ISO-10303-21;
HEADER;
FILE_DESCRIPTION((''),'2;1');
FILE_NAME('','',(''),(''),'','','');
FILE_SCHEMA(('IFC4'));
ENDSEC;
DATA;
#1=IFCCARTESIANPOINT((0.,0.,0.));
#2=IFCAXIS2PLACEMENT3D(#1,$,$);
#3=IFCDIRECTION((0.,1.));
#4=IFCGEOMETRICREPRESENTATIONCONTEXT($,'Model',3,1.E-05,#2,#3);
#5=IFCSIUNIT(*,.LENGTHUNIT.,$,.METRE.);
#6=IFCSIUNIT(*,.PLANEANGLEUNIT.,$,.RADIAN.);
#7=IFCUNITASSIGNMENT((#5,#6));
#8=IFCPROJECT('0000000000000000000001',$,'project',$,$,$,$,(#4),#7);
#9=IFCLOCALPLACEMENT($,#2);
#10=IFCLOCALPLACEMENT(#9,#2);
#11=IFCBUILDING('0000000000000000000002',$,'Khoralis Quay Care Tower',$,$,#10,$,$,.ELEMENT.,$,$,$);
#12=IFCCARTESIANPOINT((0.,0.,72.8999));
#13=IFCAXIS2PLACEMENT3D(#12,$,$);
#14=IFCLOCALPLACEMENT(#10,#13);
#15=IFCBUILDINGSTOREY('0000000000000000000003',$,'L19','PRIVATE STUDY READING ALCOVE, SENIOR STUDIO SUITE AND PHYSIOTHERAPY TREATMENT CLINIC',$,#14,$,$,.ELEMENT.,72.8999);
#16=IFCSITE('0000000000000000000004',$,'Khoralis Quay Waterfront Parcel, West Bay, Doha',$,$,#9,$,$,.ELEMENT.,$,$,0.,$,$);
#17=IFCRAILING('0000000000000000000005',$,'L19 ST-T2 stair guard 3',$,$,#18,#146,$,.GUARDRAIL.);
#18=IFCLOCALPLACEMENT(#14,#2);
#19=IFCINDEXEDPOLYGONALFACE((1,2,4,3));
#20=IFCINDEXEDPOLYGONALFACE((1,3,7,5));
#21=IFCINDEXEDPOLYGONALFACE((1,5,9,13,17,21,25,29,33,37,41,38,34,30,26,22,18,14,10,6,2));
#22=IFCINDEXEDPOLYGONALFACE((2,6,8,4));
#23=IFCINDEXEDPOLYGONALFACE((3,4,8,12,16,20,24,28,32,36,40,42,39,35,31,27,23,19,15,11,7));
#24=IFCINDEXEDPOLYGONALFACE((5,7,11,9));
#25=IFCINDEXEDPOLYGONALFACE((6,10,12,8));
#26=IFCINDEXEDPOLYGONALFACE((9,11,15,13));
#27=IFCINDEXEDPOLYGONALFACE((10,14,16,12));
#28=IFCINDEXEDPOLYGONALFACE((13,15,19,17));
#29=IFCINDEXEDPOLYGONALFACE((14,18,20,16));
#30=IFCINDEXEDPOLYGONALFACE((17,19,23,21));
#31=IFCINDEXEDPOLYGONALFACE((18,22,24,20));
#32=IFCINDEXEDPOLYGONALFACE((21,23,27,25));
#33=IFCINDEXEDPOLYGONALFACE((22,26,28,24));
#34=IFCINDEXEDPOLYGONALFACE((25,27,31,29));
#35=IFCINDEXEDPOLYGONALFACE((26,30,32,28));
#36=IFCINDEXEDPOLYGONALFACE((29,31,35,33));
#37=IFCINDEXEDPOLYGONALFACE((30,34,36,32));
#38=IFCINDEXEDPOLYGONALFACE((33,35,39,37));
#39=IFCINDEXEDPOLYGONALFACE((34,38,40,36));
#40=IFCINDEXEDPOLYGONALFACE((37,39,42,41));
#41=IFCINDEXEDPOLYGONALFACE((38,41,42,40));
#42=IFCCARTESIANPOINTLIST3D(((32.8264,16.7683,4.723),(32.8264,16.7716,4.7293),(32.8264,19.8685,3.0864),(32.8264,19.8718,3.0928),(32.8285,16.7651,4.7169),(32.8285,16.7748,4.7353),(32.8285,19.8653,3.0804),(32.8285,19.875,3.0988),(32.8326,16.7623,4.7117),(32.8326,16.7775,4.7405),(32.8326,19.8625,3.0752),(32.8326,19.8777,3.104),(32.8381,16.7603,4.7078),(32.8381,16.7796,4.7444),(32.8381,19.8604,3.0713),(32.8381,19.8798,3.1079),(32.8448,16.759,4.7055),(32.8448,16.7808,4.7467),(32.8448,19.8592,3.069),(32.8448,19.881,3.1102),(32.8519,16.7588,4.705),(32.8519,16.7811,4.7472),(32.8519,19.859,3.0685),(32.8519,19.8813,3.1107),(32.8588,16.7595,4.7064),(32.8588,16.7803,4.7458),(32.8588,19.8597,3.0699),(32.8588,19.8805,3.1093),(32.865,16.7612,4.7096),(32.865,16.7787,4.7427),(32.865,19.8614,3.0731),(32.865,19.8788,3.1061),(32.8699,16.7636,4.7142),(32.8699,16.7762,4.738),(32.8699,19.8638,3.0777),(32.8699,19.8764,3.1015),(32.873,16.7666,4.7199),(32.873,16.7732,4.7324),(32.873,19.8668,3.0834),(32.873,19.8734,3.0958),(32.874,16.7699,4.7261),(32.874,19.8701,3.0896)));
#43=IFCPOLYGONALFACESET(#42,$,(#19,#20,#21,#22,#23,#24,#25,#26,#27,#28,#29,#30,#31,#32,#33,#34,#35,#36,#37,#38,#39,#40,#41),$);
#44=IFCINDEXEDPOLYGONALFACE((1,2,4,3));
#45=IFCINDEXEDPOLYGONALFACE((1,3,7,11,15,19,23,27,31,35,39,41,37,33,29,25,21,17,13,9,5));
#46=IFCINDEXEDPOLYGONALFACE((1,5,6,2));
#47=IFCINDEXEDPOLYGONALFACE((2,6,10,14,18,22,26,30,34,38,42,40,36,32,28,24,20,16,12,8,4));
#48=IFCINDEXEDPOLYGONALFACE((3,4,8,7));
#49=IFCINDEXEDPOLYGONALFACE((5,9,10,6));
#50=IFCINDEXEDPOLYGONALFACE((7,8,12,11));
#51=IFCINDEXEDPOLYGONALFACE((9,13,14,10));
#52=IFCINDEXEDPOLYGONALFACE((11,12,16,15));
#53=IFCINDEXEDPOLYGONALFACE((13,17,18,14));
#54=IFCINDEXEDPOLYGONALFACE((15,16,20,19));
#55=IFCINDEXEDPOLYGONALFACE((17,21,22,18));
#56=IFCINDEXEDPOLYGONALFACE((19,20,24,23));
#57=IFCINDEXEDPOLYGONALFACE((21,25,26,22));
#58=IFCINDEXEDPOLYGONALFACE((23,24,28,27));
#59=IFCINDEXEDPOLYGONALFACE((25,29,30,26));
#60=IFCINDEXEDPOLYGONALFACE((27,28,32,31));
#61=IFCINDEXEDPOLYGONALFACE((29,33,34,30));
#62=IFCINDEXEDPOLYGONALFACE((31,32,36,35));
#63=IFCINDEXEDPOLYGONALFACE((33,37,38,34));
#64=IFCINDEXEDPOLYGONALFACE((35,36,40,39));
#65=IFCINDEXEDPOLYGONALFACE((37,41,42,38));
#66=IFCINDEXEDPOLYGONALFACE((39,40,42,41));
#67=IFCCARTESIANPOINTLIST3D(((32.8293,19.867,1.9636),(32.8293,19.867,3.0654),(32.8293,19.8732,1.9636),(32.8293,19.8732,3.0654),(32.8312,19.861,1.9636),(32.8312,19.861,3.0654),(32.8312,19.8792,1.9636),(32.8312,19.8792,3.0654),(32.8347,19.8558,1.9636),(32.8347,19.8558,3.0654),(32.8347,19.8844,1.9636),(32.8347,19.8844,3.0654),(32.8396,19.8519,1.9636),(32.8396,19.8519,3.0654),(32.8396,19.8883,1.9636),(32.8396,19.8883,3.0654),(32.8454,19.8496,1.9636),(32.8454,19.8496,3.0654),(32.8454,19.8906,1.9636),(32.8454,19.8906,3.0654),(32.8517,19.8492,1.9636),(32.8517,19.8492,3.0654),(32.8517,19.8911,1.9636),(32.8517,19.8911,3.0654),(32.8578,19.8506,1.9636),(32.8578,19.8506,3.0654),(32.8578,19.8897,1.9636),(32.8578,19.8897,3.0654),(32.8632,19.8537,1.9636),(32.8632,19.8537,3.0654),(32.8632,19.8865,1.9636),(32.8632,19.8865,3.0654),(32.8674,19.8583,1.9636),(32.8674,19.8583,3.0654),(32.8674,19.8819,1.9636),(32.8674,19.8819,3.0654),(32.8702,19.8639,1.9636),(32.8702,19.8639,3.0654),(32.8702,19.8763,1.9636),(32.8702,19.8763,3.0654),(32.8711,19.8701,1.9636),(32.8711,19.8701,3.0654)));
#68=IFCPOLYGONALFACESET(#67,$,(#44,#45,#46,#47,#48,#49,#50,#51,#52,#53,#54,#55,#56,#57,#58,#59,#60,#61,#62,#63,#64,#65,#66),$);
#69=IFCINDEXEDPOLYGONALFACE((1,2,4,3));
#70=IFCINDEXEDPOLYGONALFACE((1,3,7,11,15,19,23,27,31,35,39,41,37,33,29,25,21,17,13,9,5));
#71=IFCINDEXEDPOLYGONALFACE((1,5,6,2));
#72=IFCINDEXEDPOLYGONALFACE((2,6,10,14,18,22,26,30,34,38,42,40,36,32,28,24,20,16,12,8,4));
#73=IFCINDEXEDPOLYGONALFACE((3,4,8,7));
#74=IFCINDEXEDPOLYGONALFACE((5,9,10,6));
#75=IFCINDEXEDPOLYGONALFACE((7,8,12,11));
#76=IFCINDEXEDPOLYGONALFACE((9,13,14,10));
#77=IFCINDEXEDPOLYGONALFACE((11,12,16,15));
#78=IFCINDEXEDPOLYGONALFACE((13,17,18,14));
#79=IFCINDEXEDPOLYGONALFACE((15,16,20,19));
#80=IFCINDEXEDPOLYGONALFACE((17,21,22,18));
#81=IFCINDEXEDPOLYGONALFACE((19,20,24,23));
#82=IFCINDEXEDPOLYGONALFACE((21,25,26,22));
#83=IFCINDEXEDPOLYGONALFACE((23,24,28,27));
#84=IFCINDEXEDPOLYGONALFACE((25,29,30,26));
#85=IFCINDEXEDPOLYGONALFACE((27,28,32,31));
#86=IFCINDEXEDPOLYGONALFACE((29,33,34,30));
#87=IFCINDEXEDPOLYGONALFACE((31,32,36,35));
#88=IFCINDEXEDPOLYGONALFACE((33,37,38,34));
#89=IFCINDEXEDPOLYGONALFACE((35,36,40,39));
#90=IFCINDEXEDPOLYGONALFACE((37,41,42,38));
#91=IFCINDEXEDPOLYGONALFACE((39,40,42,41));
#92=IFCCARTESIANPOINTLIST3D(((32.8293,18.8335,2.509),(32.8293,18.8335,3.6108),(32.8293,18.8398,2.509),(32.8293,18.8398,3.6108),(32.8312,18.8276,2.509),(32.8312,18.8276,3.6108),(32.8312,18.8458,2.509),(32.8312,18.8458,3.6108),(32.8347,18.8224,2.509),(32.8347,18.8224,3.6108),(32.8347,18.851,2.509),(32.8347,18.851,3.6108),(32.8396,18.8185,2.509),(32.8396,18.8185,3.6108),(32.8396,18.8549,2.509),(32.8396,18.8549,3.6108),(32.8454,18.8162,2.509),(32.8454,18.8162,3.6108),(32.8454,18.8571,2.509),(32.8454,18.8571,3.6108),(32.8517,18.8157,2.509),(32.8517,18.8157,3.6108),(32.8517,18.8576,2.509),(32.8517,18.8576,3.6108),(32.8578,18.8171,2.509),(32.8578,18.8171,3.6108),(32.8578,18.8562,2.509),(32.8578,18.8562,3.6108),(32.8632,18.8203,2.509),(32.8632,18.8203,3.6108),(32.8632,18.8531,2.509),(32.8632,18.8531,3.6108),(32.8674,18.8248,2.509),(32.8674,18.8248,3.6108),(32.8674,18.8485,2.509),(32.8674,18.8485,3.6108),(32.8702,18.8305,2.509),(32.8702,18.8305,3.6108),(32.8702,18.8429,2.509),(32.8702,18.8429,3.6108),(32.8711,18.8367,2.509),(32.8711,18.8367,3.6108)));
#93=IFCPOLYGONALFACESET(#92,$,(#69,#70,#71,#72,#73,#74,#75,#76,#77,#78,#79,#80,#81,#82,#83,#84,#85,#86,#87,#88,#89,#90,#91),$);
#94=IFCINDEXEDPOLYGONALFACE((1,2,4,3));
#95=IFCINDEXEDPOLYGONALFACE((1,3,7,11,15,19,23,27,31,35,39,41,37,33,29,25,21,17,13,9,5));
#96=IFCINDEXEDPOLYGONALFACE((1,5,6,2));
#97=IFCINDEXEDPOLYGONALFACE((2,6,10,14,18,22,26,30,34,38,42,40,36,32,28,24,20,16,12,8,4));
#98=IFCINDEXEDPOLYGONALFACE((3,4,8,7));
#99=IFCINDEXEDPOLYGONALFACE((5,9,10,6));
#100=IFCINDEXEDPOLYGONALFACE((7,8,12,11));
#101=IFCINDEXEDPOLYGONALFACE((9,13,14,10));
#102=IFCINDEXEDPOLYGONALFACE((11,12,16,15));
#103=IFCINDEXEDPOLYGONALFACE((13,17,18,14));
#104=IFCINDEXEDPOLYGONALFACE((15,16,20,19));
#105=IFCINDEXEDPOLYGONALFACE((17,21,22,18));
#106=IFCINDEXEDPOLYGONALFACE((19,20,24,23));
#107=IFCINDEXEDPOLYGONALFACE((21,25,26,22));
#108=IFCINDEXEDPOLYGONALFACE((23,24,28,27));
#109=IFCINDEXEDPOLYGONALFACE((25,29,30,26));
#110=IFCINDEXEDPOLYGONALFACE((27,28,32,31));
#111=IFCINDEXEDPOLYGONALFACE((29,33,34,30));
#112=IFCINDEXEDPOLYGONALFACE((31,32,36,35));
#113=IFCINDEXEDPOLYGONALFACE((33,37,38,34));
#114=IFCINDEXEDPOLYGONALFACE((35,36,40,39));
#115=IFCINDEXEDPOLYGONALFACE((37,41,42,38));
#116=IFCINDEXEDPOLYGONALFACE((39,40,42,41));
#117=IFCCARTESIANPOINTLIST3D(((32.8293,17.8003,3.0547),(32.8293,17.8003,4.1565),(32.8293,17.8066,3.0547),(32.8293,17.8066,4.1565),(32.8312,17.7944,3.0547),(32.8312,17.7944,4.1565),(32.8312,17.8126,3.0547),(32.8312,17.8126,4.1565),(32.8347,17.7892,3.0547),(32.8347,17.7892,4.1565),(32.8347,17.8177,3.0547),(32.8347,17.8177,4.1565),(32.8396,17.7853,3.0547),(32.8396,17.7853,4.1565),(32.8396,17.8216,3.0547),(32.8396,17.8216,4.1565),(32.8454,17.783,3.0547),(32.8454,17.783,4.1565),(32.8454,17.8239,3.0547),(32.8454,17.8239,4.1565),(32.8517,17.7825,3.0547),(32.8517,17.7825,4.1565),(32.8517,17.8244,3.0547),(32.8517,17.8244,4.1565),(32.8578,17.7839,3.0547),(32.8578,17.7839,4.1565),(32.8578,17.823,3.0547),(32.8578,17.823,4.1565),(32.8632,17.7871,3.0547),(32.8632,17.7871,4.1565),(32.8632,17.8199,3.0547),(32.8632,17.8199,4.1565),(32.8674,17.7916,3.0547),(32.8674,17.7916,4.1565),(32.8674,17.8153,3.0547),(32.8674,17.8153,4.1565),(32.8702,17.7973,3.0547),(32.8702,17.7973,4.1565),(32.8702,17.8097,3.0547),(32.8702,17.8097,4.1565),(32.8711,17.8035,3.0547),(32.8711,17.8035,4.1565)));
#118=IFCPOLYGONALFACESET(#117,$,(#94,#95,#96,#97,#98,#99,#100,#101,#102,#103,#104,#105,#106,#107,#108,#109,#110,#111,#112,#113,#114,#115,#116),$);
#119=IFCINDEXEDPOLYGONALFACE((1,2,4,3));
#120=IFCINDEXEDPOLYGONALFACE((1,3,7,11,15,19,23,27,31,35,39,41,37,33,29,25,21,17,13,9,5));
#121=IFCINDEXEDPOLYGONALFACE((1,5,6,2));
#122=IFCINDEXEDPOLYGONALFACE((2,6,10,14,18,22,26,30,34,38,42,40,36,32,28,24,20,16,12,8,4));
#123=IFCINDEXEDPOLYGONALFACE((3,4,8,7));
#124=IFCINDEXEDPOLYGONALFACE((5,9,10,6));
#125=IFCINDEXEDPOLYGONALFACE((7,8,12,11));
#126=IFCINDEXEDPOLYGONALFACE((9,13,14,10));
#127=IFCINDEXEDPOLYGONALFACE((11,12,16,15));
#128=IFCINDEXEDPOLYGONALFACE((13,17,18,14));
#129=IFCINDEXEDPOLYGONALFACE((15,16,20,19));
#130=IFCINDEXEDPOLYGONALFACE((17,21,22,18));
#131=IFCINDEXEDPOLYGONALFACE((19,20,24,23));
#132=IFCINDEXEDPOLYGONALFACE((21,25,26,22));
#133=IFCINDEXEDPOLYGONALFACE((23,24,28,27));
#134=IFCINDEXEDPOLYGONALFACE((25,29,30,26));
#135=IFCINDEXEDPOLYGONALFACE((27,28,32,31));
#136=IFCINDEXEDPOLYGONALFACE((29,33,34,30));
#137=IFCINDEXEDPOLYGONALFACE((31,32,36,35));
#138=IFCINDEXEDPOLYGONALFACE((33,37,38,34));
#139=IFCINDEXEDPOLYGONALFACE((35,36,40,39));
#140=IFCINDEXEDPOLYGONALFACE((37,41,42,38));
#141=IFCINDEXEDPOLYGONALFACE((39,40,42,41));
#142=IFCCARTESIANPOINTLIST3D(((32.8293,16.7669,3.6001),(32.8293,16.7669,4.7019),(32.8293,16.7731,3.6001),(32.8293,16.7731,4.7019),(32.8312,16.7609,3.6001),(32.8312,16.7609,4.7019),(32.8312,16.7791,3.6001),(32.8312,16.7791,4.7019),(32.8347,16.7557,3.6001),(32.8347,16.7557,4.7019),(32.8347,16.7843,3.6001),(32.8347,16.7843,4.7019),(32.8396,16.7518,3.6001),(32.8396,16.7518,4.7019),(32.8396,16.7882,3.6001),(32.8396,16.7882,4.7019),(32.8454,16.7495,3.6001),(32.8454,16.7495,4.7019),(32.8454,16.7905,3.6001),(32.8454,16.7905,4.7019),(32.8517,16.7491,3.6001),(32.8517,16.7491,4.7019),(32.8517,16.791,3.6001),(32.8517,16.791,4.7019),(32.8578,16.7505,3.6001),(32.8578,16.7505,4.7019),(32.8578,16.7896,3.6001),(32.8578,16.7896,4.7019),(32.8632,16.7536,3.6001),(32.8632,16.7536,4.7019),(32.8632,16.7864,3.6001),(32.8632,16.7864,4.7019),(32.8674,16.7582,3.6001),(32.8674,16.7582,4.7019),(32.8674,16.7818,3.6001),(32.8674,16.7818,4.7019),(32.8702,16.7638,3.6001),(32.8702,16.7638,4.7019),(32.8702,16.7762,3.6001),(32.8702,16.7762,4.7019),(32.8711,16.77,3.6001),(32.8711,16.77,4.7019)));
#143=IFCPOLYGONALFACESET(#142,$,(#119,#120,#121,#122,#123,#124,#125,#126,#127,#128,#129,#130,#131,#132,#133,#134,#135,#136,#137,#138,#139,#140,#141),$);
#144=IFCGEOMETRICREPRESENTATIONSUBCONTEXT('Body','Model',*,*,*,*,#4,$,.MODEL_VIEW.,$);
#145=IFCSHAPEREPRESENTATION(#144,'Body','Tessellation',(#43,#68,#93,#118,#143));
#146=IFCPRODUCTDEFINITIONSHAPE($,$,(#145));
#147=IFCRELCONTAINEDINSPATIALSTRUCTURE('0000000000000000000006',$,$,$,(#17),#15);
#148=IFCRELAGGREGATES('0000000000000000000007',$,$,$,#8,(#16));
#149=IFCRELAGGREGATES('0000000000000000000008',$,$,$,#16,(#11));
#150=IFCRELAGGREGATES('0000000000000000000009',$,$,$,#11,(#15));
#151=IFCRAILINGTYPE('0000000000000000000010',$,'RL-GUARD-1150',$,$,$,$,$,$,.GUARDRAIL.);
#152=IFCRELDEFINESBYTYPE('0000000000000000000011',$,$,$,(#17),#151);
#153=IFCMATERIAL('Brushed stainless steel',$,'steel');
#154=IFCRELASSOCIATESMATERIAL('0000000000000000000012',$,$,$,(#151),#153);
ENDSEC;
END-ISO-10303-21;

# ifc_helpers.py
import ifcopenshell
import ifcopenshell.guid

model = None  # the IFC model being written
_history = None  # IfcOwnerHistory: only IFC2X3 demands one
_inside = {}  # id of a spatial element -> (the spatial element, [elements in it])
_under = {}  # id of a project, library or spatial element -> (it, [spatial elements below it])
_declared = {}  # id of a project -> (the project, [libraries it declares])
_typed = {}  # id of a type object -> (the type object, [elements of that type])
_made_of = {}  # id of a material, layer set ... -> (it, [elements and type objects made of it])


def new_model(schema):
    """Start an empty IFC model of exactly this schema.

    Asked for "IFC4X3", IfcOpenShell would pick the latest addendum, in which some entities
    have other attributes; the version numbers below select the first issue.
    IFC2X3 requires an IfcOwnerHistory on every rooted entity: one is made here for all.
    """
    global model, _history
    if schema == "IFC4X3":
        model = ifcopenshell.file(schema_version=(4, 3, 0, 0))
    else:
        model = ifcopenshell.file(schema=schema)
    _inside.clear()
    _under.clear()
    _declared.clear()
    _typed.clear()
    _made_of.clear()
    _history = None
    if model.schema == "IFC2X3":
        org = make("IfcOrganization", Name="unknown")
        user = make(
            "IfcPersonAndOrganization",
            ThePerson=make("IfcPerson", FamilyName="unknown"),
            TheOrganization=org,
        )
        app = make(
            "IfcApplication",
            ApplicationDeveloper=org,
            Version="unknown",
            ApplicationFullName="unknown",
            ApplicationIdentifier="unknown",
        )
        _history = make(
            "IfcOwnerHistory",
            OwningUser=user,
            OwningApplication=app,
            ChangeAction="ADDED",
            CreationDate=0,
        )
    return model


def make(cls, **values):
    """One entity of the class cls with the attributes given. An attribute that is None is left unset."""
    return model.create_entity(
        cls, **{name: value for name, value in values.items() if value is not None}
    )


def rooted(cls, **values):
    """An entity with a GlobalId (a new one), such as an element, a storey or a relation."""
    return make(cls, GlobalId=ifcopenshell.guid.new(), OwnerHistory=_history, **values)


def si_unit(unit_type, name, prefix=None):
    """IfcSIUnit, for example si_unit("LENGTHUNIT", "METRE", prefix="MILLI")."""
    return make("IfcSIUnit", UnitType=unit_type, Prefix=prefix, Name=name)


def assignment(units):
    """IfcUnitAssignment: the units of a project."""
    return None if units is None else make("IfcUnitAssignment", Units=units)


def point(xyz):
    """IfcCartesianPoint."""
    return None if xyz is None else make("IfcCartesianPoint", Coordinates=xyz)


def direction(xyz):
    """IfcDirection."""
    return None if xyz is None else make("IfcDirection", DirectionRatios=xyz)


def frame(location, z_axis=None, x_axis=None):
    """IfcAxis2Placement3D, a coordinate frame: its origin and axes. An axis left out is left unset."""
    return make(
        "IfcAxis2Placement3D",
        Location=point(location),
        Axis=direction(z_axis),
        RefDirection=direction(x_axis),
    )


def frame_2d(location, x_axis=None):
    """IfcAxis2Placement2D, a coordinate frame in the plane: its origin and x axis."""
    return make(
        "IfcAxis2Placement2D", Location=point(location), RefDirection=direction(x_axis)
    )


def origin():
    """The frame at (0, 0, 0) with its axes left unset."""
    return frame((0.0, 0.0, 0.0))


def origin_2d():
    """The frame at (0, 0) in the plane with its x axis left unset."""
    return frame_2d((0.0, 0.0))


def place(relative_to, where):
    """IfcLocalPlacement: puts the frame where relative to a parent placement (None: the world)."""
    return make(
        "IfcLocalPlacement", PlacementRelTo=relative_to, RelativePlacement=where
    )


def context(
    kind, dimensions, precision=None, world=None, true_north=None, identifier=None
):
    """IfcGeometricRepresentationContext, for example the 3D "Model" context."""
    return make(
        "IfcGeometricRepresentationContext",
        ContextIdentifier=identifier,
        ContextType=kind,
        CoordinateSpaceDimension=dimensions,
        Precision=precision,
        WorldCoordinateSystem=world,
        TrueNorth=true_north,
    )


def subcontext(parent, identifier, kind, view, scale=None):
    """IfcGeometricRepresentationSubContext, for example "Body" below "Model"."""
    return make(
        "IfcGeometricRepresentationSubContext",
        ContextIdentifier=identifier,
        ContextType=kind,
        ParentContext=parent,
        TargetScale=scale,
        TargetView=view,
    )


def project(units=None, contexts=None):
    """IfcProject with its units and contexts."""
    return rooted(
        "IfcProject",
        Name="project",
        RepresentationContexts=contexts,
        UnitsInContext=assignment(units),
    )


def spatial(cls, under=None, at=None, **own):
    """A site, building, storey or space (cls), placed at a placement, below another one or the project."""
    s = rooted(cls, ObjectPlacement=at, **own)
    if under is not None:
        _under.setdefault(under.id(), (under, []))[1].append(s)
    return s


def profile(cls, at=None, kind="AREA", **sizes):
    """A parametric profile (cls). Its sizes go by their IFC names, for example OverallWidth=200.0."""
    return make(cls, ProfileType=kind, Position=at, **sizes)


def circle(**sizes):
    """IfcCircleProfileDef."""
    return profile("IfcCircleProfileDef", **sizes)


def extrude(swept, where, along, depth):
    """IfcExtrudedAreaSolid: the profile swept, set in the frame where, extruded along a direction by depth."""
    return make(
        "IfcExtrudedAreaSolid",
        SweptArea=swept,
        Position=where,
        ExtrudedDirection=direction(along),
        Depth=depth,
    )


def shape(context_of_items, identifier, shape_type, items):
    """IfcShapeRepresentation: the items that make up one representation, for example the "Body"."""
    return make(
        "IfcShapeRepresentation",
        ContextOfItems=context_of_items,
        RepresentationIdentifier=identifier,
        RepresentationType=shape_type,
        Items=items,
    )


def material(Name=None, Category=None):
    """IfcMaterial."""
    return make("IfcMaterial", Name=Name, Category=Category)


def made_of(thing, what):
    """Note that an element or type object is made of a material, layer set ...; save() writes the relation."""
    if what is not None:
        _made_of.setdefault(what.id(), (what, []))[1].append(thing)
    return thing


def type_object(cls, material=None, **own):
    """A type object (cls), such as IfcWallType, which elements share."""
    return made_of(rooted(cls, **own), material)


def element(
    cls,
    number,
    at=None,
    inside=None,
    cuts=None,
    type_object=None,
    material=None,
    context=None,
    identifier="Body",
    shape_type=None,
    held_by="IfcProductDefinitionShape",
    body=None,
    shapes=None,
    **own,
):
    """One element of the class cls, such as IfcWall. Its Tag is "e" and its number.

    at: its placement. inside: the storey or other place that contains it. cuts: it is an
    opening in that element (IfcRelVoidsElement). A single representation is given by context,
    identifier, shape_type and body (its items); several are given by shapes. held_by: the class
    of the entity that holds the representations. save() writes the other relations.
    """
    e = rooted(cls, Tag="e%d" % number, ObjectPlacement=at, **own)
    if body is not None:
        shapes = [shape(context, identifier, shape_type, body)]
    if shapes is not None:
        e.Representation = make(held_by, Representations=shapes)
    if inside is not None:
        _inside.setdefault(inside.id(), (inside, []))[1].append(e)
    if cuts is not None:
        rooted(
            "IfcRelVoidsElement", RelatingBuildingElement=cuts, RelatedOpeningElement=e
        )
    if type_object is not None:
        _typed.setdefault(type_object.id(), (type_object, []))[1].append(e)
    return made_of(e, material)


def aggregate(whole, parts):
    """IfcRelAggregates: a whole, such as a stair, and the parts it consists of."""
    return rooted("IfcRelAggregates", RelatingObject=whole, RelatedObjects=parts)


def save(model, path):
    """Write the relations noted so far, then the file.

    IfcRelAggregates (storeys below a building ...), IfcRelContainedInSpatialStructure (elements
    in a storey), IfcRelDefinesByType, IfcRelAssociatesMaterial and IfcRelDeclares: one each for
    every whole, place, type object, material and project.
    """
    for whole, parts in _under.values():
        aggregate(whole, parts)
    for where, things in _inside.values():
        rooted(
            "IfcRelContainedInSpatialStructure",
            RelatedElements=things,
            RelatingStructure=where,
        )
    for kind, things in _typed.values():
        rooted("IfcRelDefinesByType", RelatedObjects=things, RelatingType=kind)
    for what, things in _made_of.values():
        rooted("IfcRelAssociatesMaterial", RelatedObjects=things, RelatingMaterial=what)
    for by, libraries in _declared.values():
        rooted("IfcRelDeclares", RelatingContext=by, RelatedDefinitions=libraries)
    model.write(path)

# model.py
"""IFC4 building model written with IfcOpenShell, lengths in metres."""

from ifc_helpers import new_model, si_unit, direction, frame, origin, origin_2d, place, context, subcontext, project, spatial, circle, extrude, material, type_object, element, save


model = new_model("IFC4")

# Units and contexts
model_context = context("Model", 3, precision=1e-05, world=origin(), true_north=direction((0.0, 1.0)))
body_context = subcontext(model_context, "Body", "Model", "MODEL_VIEW")
ifc_project = project(units=[si_unit("LENGTHUNIT", "METRE"), si_unit("PLANEANGLEUNIT", "RADIAN")], contexts=[model_context])

# Site, building, storey
site_placement = place(None, origin())
site = spatial("IfcSite", under=ifc_project, at=site_placement, Name="Khoralis Quay Waterfront Parcel, West Bay, Doha", CompositionType="ELEMENT", RefElevation=0.0)
building_placement = place(site_placement, origin())
building = spatial("IfcBuilding", under=site, at=building_placement, Name="Khoralis Quay Care Tower", CompositionType="ELEMENT")
storey_placement = place(building_placement, frame((0.0, 0.0, 72.8999)))
storey = spatial("IfcBuildingStorey", under=building, at=storey_placement, Name="L19", Description="PRIVATE STUDY READING ALCOVE, SENIOR STUDIO SUITE AND PHYSIOTHERAPY TREATMENT CLINIC", CompositionType="ELEMENT", Elevation=72.8999)

# Shared definitions
ifc_material_1 = material(Name="Brushed stainless steel", Category="steel")

# Railing
railing_type_1 = type_object("IfcRailingType", Name="RL-GUARD-1150", PredefinedType="GUARDRAIL", material=ifc_material_1)
railing_1_placement = place(storey_placement, frame((32.8501, 19.8701, 1.9636)))
element("IfcRailing", 1, at=railing_1_placement, inside=storey, type_object=railing_type_1, Name="L19 ST-T2 stair guard 3", PredefinedType="GUARDRAIL", context=body_context, shape_type="SweptSolid", body=[
    extrude(circle(Radius=0.0239, at=origin_2d()), frame((0.0, 0.0, 1.126), z_axis=(0.0, -0.884348, 0.466828), x_axis=(1.0, 0.0, 0.0)), (0.0, 0.0, 1.0), 3.5056),
    extrude(circle(Radius=0.021, at=origin_2d()), origin(), (0.0, 0.0, 1.0), 1.1018),
    extrude(circle(Radius=0.021, at=origin_2d()), frame((0.0, -1.0334, 0.5454)), (0.0, 0.0, 1.0), 1.1018),
    extrude(circle(Radius=0.021, at=origin_2d()), frame((0.0, -2.0667, 1.0911)), (0.0, 0.0, 1.0), 1.1018),
    extrude(circle(Radius=0.021, at=origin_2d()), frame((0.0, -3.1001, 1.6365)), (0.0, 0.0, 1.0), 1.1018),
])

save(model, "model.ifc")
